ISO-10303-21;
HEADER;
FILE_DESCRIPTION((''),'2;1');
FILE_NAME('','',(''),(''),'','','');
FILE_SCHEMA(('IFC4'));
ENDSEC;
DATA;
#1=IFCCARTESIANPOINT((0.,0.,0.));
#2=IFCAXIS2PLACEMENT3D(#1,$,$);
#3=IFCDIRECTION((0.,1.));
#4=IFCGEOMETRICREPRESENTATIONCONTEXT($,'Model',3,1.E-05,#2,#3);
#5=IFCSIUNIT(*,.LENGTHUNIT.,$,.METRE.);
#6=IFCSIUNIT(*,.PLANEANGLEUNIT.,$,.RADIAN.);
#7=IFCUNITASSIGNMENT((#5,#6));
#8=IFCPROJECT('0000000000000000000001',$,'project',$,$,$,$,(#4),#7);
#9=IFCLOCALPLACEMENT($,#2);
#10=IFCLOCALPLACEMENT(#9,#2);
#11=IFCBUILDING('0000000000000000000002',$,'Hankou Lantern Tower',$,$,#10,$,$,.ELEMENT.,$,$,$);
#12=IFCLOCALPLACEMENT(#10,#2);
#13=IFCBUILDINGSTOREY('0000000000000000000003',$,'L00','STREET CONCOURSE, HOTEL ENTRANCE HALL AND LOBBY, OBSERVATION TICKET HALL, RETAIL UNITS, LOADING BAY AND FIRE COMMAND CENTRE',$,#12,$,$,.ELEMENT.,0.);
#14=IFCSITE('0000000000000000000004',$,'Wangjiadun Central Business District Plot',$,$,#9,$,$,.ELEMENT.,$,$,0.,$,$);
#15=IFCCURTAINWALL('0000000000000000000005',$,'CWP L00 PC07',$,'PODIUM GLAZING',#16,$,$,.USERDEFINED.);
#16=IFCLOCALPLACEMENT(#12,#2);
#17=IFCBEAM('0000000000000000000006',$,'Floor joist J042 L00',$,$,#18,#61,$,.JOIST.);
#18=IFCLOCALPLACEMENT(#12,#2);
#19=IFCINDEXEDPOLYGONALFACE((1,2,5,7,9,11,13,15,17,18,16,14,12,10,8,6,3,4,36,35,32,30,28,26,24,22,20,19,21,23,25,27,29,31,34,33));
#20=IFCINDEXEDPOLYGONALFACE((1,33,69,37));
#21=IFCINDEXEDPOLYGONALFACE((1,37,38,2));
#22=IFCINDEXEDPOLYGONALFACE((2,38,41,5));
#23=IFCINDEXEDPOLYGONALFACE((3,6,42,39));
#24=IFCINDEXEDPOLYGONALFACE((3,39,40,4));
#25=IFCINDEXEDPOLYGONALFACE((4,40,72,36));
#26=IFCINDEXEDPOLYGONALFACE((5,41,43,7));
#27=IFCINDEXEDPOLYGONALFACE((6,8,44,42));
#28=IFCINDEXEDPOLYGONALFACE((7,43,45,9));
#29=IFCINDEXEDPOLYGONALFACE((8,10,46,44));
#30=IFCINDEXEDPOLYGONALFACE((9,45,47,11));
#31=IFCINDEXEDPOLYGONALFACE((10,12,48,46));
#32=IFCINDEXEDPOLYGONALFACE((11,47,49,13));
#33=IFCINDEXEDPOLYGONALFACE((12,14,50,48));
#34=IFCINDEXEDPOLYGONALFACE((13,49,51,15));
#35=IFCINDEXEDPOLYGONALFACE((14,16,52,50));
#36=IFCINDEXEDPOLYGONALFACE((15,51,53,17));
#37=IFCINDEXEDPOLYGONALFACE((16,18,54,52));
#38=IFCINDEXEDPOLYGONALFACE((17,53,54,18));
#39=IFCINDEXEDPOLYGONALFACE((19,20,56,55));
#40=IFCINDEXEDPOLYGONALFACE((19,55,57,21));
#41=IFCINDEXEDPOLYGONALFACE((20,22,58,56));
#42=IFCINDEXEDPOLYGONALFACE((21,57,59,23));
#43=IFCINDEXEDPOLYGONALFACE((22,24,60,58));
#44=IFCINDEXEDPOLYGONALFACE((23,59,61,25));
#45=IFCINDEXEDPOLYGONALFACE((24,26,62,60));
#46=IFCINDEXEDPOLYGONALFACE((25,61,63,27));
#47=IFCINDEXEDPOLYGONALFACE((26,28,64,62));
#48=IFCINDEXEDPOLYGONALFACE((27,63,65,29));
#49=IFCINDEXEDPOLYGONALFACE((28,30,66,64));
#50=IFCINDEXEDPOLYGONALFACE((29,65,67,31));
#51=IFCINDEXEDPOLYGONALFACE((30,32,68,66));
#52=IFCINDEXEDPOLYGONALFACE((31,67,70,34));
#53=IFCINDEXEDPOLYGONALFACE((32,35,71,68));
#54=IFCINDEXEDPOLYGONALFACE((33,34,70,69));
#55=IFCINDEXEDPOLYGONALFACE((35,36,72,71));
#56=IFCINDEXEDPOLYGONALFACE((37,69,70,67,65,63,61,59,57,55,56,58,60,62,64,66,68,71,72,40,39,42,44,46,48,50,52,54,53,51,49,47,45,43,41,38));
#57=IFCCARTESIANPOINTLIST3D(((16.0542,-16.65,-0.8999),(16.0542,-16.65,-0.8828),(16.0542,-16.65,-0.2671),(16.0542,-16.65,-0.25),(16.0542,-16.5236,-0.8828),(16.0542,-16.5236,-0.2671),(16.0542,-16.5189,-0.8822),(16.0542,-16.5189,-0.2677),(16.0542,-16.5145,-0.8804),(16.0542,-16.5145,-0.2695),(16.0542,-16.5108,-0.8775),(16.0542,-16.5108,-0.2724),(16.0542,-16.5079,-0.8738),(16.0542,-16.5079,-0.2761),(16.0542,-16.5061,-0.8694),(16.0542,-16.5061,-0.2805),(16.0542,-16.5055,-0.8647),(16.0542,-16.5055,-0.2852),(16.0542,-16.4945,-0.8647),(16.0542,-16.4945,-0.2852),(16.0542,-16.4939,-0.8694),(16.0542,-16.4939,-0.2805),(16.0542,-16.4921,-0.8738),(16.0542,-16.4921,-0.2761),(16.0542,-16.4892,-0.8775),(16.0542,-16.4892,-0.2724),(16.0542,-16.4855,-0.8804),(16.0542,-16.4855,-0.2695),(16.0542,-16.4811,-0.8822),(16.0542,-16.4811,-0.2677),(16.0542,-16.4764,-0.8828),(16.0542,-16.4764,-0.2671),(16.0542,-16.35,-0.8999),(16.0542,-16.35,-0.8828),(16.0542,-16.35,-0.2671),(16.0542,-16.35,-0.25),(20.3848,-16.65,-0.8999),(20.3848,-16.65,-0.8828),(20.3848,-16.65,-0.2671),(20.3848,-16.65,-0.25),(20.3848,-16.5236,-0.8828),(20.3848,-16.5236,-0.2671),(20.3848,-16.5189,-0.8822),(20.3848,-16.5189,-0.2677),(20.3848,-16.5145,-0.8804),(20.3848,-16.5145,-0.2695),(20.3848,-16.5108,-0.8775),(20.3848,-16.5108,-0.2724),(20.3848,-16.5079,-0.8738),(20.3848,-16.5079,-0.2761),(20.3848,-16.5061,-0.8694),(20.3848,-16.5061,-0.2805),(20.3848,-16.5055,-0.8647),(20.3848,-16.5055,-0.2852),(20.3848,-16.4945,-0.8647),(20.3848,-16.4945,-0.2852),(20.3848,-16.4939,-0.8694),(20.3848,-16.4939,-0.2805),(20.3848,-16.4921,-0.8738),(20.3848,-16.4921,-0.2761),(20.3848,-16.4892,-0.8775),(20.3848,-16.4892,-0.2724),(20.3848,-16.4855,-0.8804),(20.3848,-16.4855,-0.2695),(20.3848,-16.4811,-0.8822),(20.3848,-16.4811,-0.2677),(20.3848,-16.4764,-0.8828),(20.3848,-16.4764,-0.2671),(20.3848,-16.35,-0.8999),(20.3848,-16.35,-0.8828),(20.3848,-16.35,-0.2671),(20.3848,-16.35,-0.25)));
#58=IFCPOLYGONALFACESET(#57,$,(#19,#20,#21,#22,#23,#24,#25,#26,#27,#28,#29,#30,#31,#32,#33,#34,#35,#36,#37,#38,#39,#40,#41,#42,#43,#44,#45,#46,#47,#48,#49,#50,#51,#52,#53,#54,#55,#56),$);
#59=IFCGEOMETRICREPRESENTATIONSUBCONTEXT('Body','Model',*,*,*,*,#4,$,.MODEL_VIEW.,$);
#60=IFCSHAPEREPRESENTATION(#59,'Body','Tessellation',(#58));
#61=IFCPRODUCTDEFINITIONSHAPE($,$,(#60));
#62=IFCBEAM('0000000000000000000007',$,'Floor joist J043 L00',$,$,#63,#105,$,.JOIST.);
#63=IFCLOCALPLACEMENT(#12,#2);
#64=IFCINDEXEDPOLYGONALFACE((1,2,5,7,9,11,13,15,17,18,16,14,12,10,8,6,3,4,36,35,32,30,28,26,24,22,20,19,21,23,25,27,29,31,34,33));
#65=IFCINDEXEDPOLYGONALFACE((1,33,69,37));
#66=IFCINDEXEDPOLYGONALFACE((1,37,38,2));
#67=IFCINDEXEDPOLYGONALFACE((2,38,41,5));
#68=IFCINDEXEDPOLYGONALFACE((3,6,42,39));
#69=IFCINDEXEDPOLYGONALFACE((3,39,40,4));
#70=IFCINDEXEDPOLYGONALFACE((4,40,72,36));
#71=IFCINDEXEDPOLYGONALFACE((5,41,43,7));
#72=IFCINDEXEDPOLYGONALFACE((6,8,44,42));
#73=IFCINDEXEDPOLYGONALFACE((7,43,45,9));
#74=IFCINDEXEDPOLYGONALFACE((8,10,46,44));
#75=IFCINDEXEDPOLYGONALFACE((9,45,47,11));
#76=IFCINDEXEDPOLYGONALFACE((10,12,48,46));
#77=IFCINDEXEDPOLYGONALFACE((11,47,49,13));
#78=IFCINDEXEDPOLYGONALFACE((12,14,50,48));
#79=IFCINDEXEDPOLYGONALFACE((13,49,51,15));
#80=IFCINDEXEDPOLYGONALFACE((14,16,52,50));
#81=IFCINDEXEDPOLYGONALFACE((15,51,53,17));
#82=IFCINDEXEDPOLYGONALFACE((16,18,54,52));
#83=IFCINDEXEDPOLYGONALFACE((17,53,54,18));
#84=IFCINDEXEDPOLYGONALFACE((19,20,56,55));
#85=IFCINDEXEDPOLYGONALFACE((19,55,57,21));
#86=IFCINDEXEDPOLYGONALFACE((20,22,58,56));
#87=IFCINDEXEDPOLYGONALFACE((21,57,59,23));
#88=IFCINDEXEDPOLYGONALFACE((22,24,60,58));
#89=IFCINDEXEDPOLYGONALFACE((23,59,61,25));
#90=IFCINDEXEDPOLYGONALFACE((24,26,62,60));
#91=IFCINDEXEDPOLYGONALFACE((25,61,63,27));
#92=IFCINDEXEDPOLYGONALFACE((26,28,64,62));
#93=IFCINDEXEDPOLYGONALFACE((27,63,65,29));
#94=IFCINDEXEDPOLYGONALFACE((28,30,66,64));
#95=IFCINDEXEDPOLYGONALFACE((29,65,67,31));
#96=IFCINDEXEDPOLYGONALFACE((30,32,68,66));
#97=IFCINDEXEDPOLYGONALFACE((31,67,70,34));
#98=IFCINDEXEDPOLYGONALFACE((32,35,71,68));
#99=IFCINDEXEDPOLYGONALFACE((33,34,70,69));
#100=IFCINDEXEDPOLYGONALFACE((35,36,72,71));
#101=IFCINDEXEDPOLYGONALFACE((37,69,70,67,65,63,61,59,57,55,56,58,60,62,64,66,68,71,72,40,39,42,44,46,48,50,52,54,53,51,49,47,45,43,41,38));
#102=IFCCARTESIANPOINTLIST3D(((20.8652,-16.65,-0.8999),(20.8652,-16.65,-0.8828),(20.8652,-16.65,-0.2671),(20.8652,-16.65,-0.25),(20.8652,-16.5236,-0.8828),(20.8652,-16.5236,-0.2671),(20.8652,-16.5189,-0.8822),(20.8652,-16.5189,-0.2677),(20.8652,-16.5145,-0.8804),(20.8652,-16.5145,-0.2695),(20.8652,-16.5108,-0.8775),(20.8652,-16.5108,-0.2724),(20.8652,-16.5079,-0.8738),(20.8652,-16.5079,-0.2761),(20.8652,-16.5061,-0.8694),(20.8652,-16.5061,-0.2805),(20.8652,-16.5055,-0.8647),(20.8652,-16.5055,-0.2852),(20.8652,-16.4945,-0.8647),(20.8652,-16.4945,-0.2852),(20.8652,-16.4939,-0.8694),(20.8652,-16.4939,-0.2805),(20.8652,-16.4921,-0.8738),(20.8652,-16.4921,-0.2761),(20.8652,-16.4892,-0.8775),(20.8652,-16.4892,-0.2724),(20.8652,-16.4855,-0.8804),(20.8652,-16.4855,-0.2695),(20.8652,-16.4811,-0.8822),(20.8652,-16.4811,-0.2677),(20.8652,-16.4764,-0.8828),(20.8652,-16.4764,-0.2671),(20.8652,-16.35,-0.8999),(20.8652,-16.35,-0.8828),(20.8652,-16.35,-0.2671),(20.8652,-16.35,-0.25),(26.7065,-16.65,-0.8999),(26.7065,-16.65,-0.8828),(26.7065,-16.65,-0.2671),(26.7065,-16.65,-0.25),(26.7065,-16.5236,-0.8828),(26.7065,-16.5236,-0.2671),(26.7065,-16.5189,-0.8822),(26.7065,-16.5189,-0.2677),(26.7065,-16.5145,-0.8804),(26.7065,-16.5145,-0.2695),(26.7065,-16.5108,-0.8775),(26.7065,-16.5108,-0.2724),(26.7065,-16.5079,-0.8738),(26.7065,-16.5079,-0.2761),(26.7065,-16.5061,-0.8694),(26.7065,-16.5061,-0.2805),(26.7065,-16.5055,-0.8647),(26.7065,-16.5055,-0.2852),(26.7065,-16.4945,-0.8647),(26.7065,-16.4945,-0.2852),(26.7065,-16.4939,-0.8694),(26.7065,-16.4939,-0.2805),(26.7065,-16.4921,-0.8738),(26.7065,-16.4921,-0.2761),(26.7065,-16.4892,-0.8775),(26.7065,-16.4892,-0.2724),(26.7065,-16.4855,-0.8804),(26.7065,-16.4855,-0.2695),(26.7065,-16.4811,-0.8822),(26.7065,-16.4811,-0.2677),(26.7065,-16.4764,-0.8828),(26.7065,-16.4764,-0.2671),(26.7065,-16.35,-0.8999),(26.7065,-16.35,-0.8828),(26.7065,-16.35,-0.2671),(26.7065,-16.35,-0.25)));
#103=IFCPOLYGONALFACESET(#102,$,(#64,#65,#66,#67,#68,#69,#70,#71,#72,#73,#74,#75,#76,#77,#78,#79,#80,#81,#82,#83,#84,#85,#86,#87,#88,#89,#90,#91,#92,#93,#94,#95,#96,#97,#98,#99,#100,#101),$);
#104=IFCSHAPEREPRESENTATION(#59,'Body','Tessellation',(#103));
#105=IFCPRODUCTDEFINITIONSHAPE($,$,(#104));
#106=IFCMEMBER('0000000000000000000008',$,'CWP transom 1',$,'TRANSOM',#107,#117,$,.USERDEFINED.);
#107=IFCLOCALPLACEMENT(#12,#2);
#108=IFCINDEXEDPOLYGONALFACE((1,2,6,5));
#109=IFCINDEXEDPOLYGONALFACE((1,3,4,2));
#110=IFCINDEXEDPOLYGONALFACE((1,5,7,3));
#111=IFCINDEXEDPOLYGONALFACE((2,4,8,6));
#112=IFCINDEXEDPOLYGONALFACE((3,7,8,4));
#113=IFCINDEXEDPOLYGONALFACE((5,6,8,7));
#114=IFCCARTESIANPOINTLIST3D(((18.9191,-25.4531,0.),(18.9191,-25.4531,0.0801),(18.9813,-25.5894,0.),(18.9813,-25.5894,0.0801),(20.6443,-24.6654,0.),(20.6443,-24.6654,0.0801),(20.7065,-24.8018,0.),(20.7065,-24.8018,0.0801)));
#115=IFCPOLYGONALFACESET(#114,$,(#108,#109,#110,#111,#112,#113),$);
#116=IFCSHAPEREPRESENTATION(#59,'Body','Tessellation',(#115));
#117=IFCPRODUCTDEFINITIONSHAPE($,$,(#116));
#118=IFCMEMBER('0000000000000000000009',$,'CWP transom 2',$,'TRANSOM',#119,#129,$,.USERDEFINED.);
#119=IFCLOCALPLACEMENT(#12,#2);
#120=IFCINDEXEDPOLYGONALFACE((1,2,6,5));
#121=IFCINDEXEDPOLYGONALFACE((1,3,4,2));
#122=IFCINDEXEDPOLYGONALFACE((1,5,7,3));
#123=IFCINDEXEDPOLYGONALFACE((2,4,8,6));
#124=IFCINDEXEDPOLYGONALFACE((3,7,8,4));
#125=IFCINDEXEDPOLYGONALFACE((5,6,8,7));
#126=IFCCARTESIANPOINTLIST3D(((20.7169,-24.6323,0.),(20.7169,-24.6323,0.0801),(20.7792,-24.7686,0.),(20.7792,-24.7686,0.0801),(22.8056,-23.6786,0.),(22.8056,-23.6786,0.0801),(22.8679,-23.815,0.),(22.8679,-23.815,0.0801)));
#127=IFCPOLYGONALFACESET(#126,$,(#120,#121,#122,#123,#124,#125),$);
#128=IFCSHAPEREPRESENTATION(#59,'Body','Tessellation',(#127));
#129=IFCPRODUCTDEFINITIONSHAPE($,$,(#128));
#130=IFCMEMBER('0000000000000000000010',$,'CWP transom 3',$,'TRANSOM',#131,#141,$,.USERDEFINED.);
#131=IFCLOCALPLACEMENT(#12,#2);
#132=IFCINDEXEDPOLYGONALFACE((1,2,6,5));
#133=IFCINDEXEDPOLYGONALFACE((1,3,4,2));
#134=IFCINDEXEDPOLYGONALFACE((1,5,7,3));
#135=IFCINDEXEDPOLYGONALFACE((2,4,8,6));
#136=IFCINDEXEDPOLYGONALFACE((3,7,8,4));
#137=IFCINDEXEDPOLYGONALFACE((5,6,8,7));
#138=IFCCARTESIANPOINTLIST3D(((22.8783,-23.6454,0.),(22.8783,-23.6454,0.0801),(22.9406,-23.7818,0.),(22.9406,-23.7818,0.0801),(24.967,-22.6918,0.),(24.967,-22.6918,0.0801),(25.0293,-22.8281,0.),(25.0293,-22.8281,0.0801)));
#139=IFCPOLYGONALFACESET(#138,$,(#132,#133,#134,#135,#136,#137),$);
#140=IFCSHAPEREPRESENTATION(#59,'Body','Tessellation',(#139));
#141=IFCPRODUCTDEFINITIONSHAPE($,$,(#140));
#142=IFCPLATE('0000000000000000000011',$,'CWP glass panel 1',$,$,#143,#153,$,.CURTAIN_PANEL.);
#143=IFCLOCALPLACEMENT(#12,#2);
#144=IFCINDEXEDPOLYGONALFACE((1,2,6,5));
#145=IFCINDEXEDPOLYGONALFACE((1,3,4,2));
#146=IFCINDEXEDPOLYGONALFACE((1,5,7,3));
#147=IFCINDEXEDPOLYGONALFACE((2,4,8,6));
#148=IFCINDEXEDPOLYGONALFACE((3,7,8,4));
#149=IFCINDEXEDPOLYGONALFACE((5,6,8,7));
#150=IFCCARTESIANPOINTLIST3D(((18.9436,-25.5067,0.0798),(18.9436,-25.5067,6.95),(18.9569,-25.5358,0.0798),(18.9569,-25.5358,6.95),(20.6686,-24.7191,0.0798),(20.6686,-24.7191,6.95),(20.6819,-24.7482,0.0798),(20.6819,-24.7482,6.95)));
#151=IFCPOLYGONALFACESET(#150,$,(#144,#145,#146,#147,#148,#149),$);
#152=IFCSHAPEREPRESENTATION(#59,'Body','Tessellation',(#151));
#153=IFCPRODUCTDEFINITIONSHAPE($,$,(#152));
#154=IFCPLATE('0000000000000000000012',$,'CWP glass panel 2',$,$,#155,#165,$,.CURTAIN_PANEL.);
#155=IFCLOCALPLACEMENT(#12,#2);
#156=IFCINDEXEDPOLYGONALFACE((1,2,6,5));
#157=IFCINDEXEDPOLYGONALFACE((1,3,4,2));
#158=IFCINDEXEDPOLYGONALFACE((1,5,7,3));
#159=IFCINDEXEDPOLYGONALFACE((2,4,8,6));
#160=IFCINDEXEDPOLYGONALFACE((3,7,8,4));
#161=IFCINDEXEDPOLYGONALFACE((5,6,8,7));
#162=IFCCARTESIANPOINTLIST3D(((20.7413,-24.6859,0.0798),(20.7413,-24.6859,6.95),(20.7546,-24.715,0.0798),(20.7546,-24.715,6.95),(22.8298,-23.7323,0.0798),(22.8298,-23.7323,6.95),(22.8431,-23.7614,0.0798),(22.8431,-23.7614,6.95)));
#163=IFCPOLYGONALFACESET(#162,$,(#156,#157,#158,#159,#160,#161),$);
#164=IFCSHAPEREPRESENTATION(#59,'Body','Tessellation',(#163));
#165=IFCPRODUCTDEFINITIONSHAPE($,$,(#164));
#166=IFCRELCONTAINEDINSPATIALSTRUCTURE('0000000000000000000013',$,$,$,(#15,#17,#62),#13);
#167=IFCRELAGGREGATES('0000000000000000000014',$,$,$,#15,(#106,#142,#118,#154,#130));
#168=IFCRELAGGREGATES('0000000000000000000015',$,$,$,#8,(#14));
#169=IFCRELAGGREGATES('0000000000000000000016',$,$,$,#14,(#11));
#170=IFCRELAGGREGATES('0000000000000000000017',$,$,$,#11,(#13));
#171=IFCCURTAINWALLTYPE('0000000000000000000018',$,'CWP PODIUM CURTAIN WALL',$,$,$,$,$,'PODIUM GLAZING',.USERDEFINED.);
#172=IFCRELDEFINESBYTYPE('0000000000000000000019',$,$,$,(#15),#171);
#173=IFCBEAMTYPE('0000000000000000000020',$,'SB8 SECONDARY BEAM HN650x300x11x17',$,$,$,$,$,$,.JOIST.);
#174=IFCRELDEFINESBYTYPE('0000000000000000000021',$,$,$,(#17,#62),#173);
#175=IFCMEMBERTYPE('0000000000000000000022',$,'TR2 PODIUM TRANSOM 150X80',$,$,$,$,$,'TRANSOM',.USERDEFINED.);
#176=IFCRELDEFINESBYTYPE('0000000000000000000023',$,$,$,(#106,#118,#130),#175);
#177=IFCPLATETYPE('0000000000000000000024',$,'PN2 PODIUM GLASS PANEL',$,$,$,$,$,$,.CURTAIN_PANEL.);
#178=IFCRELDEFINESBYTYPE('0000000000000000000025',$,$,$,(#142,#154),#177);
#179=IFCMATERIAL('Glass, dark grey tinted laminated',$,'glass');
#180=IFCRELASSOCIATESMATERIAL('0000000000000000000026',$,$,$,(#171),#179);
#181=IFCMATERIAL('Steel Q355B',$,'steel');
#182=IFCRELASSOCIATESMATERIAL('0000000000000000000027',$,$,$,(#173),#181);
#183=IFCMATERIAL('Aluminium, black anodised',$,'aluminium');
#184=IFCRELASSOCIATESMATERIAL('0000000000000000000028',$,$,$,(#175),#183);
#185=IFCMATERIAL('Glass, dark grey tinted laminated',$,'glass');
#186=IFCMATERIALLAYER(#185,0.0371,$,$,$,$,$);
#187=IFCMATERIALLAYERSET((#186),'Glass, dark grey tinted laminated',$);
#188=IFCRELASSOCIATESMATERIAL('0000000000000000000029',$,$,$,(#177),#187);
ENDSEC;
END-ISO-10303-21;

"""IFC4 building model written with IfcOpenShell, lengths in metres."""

from ifc_helpers import new_model, si_unit, direction, frame, origin, origin_2d, place, context, subcontext, project, spatial, rectangle, i_section, extrude, material, layer, layer_set, material_profile, profile_set, type_object, element, aggregate, save


model = new_model("IFC4")

# Units and contexts
model_context = context("Model", 3, precision=1e-05, world=origin(), true_north=direction((0.0, 1.0)))
body_context = subcontext(model_context, "Body", "Model", "MODEL_VIEW")
ifc_project = project(units=[si_unit("LENGTHUNIT", "METRE"), si_unit("PLANEANGLEUNIT", "RADIAN")], contexts=[model_context])

# Site, building, storey
site_placement = place(None, origin())
site = spatial("IfcSite", under=ifc_project, at=site_placement, Name="Wangjiadun Central Business District Plot", CompositionType="ELEMENT", RefElevation=0.0)
building_placement = place(site_placement, origin())
building = spatial("IfcBuilding", under=site, at=building_placement, Name="Hankou Lantern Tower", CompositionType="ELEMENT")
storey_placement = place(building_placement, origin())
storey = spatial("IfcBuildingStorey", under=building, at=storey_placement, Name="L00", Description="STREET CONCOURSE, HOTEL ENTRANCE HALL AND LOBBY, OBSERVATION TICKET HALL, RETAIL UNITS, LOADING BAY AND FIRE COMMAND CENTRE", CompositionType="ELEMENT", Elevation=0.0)

# Curtain wall
ifc_material_1 = material(Name="Glass, dark grey tinted laminated", Category="glass")
curtain_wall_type = type_object("IfcCurtainWallType", Name="CWP PODIUM CURTAIN WALL", ElementType="PODIUM GLAZING", PredefinedType="USERDEFINED", material=ifc_material_1)
curtain_wall_placement = place(storey_placement, origin())
curtain_wall = element("IfcCurtainWall", 1, at=curtain_wall_placement, inside=storey, type_object=curtain_wall_type, Name="CWP L00 PC07", ObjectType="PODIUM GLAZING", PredefinedType="USERDEFINED")

# Beams
ifc_material_2 = material(Name="Steel Q355B", Category="steel")
ifc_material_profile_1 = material_profile(ifc_material_2, i_section(OverallWidth=0.3, OverallDepth=0.6499, WebThickness=0.011, FlangeThickness=0.0171, FilletRadius=0.0181, at=origin_2d()), Name="HN650x300x11x17")
ifc_profile_set_1 = profile_set([ifc_material_profile_1], Name="Steel Q355B")
beam_type_1 = type_object("IfcBeamType", Name="SB8 SECONDARY BEAM HN650x300x11x17", PredefinedType="JOIST", material=ifc_profile_set_1)
beam_1_placement = place(storey_placement, frame((16.0542, -16.5, -0.575), z_axis=(1.0, 0.0, 0.0), x_axis=(0.0, 1.0, 0.0)))
element("IfcBeam", 2, at=beam_1_placement, inside=storey, type_object=beam_type_1, Name="Floor joist J042 L00", PredefinedType="JOIST", context=body_context, shape_type="SweptSolid", body=[
    extrude(i_section(OverallWidth=0.3, OverallDepth=0.6499, WebThickness=0.011, FlangeThickness=0.0171, FilletRadius=0.0181, at=origin_2d()), origin(), (0.0, 0.0, 1.0), 4.3306),
])
beam_2_placement = place(storey_placement, frame((20.8652, -16.5, -0.575), z_axis=(1.0, 0.0, 0.0), x_axis=(0.0, 1.0, 0.0)))
element("IfcBeam", 3, at=beam_2_placement, inside=storey, type_object=beam_type_1, Name="Floor joist J043 L00", PredefinedType="JOIST", context=body_context, shape_type="SweptSolid", body=[
    extrude(i_section(OverallWidth=0.3, OverallDepth=0.6499, WebThickness=0.011, FlangeThickness=0.0171, FilletRadius=0.0181, at=origin_2d()), origin(), (0.0, 0.0, 1.0), 5.8413),
])

# Members
ifc_material_3 = material(Name="Aluminium, black anodised", Category="aluminium")
ifc_material_profile_2 = material_profile(ifc_material_3, rectangle(XDim=0.1499, YDim=0.0801, at=origin_2d()), Name="TR2 150X80")
ifc_profile_set_2 = profile_set([ifc_material_profile_2], Name="Aluminium, black anodised")
member_type_1 = type_object("IfcMemberType", Name="TR2 PODIUM TRANSOM 150X80", ElementType="TRANSOM", PredefinedType="USERDEFINED", material=ifc_profile_set_2)
member_1_placement = place(storey_placement, frame((18.9502, -25.5212, 0.04), z_axis=(0.909677, 0.415316, 0.0), x_axis=(-0.415316, 0.909677, 0.0)))
member_1 = element("IfcMember", 4, at=member_1_placement, type_object=member_type_1, Name="CWP transom 1", ObjectType="TRANSOM", PredefinedType="USERDEFINED", context=body_context, shape_type="SweptSolid", body=[
    extrude(rectangle(XDim=0.1499, YDim=0.0801, at=origin_2d()), origin(), (0.0, 0.0, 1.0), 1.8965),
])
member_2_placement = place(storey_placement, frame((20.748, -24.7004, 0.04), z_axis=(0.90967, 0.415333, 0.0), x_axis=(-0.415333, 0.90967, 0.0)))
member_2 = element("IfcMember", 5, at=member_2_placement, type_object=member_type_1, Name="CWP transom 2", ObjectType="TRANSOM", PredefinedType="USERDEFINED", context=body_context, shape_type="SweptSolid", body=[
    extrude(rectangle(XDim=0.1499, YDim=0.0801, at=origin_2d()), origin(), (0.0, 0.0, 1.0), 2.2961),
])
member_3_placement = place(storey_placement, frame((22.9094, -23.7136, 0.04), z_axis=(0.90967, 0.415333, 0.0), x_axis=(-0.415333, 0.90967, 0.0)))
member_3 = element("IfcMember", 6, at=member_3_placement, type_object=member_type_1, Name="CWP transom 3", ObjectType="TRANSOM", PredefinedType="USERDEFINED", context=body_context, shape_type="SweptSolid", body=[
    extrude(rectangle(XDim=0.1499, YDim=0.0801, at=origin_2d()), origin(), (0.0, 0.0, 1.0), 2.2961),
])

# Plates
ifc_material_4 = material(Name="Glass, dark grey tinted laminated", Category="glass")
ifc_layer = layer(ifc_material_4, 0.0371)
ifc_layer_set = layer_set([ifc_layer], Name="Glass, dark grey tinted laminated")
plate_type = type_object("IfcPlateType", Name="PN2 PODIUM GLASS PANEL", PredefinedType="CURTAIN_PANEL", material=ifc_layer_set)
plate_1_placement = place(storey_placement, frame((19.8127, -25.1274, 0.0798), z_axis=(0.0, 0.0, 1.0), x_axis=(0.90967, 0.415332, 0.0)))
plate_1 = element("IfcPlate", 7, at=plate_1_placement, type_object=plate_type, Name="CWP glass panel 1", PredefinedType="CURTAIN_PANEL", context=body_context, shape_type="SweptSolid", body=[
    extrude(rectangle(XDim=1.8962, YDim=0.032, at=origin_2d()), origin(), (0.0, 0.0, 1.0), 6.8701),
])
plate_2_placement = place(storey_placement, frame((21.7922, -24.2236, 0.0798), z_axis=(0.0, 0.0, 1.0), x_axis=(0.90967, 0.415332, 0.0)))
plate_2 = element("IfcPlate", 8, at=plate_2_placement, type_object=plate_type, Name="CWP glass panel 2", PredefinedType="CURTAIN_PANEL", context=body_context, shape_type="SweptSolid", body=[
    extrude(rectangle(XDim=2.2959, YDim=0.032, at=origin_2d()), origin(), (0.0, 0.0, 1.0), 6.8701),
])
aggregate(curtain_wall, [member_1, plate_1, member_2, plate_2, member_3])

save(model, "model.ifc")
